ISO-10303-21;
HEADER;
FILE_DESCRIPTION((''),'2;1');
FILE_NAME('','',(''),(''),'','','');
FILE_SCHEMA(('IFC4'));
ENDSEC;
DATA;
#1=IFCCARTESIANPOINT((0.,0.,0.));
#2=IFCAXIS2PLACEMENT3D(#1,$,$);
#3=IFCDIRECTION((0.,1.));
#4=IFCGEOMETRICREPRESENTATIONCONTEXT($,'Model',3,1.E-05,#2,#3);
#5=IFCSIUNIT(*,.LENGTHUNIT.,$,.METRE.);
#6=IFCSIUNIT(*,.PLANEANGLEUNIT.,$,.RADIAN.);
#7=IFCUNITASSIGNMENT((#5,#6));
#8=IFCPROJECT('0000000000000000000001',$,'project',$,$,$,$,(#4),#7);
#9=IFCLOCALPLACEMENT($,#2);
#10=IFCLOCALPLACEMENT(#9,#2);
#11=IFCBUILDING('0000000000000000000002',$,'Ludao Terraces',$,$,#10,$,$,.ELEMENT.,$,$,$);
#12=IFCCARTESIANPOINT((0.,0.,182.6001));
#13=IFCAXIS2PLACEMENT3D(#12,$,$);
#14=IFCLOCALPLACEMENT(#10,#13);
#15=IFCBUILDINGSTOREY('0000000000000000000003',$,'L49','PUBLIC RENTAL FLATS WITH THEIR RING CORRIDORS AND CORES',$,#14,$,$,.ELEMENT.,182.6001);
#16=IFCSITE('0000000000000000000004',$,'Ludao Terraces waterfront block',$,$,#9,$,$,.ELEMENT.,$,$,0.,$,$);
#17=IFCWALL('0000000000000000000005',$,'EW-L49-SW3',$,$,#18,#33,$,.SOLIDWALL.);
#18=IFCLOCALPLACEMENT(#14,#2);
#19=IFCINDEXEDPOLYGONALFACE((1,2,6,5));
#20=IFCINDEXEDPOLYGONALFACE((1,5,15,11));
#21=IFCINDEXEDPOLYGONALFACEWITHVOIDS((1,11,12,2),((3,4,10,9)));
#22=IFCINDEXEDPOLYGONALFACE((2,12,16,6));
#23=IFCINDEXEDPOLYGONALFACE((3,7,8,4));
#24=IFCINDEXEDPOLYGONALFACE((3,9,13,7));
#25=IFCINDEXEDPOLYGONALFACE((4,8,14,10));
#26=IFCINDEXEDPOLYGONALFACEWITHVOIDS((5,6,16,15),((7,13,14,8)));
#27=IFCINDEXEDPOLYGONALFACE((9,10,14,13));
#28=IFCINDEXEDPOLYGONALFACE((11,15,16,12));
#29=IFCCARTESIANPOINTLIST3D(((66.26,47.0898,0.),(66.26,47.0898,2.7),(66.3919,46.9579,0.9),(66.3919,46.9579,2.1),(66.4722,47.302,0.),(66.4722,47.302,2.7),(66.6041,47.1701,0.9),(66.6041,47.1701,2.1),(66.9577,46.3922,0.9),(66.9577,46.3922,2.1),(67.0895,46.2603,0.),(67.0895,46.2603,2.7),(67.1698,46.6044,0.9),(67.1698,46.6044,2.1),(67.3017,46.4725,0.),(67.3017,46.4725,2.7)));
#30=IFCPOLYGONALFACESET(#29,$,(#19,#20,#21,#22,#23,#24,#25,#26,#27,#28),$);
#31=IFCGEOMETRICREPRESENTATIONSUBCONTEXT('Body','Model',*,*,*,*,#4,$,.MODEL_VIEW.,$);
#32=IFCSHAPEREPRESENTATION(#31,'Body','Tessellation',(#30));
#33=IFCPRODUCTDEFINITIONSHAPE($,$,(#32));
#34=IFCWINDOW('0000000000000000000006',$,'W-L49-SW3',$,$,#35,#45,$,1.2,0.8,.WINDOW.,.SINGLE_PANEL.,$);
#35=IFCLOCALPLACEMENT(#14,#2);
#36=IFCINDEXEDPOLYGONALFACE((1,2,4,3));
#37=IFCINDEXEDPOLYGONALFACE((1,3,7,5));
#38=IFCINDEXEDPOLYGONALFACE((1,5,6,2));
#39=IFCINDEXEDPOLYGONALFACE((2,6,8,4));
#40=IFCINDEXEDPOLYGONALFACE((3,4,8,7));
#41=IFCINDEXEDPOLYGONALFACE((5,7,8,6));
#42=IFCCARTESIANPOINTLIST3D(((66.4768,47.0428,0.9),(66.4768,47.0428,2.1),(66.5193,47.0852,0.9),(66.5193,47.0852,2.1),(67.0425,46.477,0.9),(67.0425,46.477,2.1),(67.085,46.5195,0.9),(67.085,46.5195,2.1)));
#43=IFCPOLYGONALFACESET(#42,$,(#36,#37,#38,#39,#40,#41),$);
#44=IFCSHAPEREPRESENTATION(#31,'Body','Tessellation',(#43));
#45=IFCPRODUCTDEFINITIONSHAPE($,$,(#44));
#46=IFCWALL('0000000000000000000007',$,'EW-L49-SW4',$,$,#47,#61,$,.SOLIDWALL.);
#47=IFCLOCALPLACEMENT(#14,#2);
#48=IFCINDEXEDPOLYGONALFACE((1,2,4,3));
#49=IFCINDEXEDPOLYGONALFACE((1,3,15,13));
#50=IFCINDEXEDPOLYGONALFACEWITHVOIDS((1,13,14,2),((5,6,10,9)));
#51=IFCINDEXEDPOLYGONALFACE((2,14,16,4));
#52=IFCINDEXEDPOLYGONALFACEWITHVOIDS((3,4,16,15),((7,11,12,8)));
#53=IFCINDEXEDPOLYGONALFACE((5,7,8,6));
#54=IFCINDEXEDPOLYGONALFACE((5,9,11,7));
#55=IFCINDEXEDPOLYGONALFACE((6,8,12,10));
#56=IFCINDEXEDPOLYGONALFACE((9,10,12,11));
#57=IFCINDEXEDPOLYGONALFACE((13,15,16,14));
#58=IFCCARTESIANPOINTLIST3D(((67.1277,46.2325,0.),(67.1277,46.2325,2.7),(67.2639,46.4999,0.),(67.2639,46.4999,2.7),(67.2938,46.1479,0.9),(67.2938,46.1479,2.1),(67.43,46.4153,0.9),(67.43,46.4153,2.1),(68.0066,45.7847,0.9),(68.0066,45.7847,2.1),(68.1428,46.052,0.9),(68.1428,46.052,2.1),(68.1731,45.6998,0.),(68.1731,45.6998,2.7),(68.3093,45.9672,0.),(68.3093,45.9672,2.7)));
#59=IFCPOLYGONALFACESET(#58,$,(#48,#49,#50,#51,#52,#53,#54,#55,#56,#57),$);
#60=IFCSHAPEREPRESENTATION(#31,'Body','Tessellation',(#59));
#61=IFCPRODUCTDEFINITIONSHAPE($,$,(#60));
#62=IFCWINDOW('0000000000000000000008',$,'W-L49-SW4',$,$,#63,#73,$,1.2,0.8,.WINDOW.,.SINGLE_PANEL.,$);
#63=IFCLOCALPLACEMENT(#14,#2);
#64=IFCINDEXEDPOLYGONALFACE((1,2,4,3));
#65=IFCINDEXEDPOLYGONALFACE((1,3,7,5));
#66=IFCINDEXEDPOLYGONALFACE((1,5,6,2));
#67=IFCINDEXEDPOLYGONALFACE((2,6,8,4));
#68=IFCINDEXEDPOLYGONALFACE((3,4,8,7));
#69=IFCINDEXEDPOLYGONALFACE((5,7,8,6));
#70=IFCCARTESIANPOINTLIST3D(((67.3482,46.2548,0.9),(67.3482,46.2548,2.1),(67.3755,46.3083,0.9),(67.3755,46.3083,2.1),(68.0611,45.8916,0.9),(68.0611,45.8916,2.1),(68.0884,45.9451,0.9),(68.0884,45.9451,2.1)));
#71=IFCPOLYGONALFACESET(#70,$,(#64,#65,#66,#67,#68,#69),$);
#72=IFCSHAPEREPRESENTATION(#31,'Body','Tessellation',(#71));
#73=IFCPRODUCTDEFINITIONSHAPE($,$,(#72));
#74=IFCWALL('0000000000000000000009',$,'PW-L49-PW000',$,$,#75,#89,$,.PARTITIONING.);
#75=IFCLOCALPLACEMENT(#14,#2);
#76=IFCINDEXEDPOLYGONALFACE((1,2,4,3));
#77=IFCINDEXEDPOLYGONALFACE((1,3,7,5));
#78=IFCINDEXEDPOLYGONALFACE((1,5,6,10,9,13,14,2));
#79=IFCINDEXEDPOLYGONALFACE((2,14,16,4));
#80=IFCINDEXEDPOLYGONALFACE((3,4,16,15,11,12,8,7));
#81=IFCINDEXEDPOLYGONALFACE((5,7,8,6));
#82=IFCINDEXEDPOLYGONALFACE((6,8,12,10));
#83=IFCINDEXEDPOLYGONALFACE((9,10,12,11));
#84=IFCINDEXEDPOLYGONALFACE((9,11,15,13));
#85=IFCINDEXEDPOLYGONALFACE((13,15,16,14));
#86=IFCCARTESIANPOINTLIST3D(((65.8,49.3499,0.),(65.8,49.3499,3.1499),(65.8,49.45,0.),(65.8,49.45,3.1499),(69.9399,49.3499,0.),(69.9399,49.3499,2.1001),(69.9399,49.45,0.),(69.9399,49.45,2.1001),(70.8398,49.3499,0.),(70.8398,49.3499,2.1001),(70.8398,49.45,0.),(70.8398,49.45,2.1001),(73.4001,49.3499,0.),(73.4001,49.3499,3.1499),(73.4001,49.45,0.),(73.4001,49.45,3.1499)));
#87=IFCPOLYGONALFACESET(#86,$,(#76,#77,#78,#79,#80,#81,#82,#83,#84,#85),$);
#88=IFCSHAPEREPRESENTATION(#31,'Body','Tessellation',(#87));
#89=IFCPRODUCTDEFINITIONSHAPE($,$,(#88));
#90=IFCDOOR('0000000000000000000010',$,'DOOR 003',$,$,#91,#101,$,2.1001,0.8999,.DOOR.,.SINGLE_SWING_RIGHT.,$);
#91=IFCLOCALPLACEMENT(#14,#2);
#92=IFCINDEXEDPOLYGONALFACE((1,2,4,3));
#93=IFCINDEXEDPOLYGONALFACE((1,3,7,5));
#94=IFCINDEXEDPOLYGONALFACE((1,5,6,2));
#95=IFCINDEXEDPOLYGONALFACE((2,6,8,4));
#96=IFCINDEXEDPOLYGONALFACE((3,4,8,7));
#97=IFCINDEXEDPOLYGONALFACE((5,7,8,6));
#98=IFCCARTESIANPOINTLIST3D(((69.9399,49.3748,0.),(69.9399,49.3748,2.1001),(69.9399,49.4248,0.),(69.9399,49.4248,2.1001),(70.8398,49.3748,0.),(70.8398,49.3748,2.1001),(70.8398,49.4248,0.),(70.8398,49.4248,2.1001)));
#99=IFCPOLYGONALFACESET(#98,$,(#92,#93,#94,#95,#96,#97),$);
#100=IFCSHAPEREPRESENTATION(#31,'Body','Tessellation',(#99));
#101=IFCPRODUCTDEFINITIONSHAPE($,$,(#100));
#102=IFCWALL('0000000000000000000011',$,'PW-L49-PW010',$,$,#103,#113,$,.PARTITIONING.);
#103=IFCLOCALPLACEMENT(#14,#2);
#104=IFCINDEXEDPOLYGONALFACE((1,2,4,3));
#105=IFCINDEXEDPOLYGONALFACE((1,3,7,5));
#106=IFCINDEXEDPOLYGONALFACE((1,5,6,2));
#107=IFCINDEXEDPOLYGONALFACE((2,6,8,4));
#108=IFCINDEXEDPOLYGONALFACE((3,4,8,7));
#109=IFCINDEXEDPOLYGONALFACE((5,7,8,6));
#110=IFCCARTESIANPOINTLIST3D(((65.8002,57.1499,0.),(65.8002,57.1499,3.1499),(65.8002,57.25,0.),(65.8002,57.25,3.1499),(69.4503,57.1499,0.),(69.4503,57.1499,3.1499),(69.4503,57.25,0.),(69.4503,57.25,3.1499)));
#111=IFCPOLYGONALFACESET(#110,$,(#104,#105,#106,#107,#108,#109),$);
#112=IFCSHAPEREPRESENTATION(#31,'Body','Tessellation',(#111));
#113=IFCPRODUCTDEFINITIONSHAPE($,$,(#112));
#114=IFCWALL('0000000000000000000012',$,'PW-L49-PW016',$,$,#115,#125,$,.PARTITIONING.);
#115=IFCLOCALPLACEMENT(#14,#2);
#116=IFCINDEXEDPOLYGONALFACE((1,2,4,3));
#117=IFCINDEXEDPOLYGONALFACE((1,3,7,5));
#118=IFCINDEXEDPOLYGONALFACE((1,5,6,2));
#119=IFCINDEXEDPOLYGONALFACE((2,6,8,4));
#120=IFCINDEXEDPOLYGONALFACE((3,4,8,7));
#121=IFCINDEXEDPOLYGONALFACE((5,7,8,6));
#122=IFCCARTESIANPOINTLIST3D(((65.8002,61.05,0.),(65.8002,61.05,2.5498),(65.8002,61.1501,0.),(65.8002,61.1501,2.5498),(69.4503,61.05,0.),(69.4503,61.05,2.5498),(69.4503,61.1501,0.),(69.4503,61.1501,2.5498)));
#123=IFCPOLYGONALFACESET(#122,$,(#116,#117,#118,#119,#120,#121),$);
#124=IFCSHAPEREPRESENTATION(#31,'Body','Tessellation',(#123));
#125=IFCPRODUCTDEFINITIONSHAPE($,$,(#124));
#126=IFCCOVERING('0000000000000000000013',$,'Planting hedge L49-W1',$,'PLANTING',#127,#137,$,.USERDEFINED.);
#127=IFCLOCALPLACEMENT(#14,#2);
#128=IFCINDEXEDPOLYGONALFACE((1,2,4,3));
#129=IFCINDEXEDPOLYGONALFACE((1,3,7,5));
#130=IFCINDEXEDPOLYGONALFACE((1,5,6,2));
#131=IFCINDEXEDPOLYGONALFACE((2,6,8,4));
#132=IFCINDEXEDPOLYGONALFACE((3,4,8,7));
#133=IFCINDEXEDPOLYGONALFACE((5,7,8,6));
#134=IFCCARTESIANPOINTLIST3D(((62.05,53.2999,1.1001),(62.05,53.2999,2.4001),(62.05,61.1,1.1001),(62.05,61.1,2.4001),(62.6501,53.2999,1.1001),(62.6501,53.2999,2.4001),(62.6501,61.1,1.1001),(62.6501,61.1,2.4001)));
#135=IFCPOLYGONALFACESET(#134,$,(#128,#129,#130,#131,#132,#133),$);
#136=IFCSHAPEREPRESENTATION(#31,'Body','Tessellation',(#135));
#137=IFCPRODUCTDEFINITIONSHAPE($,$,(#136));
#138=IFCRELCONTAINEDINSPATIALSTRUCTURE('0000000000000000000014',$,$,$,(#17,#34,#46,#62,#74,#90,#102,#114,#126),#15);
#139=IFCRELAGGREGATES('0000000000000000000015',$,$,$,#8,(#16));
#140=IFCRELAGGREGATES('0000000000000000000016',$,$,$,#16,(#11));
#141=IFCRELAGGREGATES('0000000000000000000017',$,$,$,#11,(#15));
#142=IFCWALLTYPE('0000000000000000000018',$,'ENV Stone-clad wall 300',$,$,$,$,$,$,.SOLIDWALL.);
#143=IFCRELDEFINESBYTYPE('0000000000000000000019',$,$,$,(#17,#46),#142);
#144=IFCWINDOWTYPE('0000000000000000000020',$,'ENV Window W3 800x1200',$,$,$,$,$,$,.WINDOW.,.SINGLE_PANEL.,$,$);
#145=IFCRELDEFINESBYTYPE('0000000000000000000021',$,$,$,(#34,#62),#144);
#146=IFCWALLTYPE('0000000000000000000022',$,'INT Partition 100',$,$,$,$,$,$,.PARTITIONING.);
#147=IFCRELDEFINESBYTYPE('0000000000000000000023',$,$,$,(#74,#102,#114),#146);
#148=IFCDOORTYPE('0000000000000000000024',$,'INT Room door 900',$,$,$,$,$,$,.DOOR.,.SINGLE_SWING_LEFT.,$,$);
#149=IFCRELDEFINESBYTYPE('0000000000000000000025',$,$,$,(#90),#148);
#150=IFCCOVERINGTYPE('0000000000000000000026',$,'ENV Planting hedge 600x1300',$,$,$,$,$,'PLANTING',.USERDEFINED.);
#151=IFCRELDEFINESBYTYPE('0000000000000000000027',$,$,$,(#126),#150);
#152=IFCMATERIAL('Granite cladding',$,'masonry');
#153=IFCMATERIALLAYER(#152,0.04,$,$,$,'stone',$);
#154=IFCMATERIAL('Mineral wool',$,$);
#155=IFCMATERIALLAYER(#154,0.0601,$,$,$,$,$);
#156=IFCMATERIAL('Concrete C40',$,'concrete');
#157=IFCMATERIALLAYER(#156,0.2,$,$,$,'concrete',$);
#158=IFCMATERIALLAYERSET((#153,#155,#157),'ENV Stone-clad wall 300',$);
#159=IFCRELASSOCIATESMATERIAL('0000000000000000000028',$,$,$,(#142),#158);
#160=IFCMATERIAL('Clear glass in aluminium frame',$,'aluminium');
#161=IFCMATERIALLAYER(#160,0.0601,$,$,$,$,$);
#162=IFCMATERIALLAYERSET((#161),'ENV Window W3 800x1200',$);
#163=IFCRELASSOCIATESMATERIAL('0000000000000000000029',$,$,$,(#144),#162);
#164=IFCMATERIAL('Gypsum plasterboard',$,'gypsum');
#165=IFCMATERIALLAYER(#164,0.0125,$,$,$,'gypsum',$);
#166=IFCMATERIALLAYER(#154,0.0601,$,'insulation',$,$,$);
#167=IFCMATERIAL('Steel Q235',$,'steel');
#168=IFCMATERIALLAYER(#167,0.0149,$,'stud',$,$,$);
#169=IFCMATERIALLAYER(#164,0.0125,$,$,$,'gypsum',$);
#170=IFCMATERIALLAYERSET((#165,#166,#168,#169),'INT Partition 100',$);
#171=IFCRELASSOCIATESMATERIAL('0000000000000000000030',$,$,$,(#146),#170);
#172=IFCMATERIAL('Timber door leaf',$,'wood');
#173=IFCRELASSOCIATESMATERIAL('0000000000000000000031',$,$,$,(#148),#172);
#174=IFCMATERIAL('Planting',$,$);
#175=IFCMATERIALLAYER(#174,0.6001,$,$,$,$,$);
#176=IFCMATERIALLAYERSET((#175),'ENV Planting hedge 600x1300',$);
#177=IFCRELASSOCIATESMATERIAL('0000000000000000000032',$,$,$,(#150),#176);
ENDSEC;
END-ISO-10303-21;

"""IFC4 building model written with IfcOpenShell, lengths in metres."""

from ifc_helpers import new_model, si_unit, direction, frame, frame_2d, origin, origin_2d, place, context, subcontext, project, spatial, rectangle, extrude, material, layer, layer_set, type_object, element, fill, save


model = new_model("IFC4")

# Units and contexts
model_context = context("Model", 3, precision=1e-05, world=origin(), true_north=direction((0.0, 1.0)))
body_context = subcontext(model_context, "Body", "Model", "MODEL_VIEW")
ifc_project = project(units=[si_unit("LENGTHUNIT", "METRE"), si_unit("PLANEANGLEUNIT", "RADIAN")], contexts=[model_context])

# Site, building, storey
site_placement = place(None, origin())
site = spatial("IfcSite", under=ifc_project, at=site_placement, Name="Ludao Terraces waterfront block", CompositionType="ELEMENT", RefElevation=0.0)
building_placement = place(site_placement, origin())
building = spatial("IfcBuilding", under=site, at=building_placement, Name="Ludao Terraces", CompositionType="ELEMENT")
storey_placement = place(building_placement, frame((0.0, 0.0, 182.6001)))
storey = spatial("IfcBuildingStorey", under=building, at=storey_placement, Name="L49", Description="PUBLIC RENTAL FLATS WITH THEIR RING CORRIDORS AND CORES", CompositionType="ELEMENT", Elevation=182.6001)

# Shared definitions
ifc_material_1 = material(Name="Concrete C40", Category="concrete")

# Shared definitions
ifc_material_2 = material(Name="Granite cladding", Category="masonry")
ifc_layer_1 = layer(ifc_material_2, 0.04, Category="stone")
ifc_material_3 = material(Name="Mineral wool")
ifc_layer_2 = layer(ifc_material_3, 0.0601)
ifc_layer_3 = layer(ifc_material_1, 0.2, Category="concrete")
ifc_layer_set_1 = layer_set([ifc_layer_1, ifc_layer_2, ifc_layer_3], Name="ENV Stone-clad wall 300")
wall_type_1 = type_object("IfcWallType", Name="ENV Stone-clad wall 300", PredefinedType="SOLIDWALL", material=ifc_layer_set_1)
ifc_material_4 = material(Name="Clear glass in aluminium frame", Category="aluminium")

# Walls, openings, windows
ifc_layer_4 = layer(ifc_material_4, 0.0601)
ifc_layer_set_2 = layer_set([ifc_layer_4], Name="ENV Window W3 800x1200")
window_type_1 = type_object("IfcWindowType", Name="ENV Window W3 800x1200", PartitioningType="SINGLE_PANEL", PredefinedType="WINDOW", material=ifc_layer_set_2)
wall_1_placement = place(storey_placement, frame((66.3662, 47.1958, 0.0), z_axis=(0.0, 0.0, 1.0), x_axis=(0.707107, -0.707107, 0.0)))
wall_1 = element("IfcWall", 1, at=wall_1_placement, inside=storey, type_object=wall_type_1, Name="EW-L49-SW3", PredefinedType="SOLIDWALL", context=body_context, shape_type="SweptSolid", body=[
    extrude(rectangle(XDim=1.1731, YDim=0.3, at=frame_2d((0.5864, 0.0))), origin(), (0.0, 0.0, 1.0), 2.7),
])
opening_1_placement = place(wall_1_placement, frame((0.1865, 0.0, 0.8999)))
opening_1 = element("IfcOpeningElement", 2, at=opening_1_placement, cuts=wall_1, PredefinedType="OPENING", context=body_context, shape_type="SweptSolid", body=[
    extrude(rectangle(XDim=0.8, YDim=1.2, at=frame_2d((0.3999, 0.6001))), frame((0.0, 0.1602, 0.0), z_axis=(0.0, -1.0, 0.0), x_axis=(1.0, 0.0, 0.0)), (0.0, 0.0, 1.0), 0.3201),
])
window_1_placement = place(opening_1_placement, origin())
window_1 = element("IfcWindow", 3, at=window_1_placement, inside=storey, type_object=window_type_1, Name="W-L49-SW3", OverallHeight=1.2, OverallWidth=0.8, PartitioningType="SINGLE_PANEL", PredefinedType="WINDOW", context=body_context, shape_type="SweptSolid", body=[
    extrude(rectangle(XDim=0.8, YDim=1.2, at=frame_2d((0.3999, 0.6001))), frame((0.0, 0.03, 0.0), z_axis=(0.0, -1.0, 0.0), x_axis=(1.0, 0.0, 0.0)), (0.0, 0.0, 1.0), 0.0601),
])
fill(opening_1, window_1)
wall_2_placement = place(storey_placement, frame((67.1958, 46.3662, 0.0), z_axis=(0.0, 0.0, 1.0), x_axis=(0.890989, -0.454026, 0.0)))
wall_2 = element("IfcWall", 4, at=wall_2_placement, inside=storey, type_object=wall_type_1, Name="EW-L49-SW4", PredefinedType="SOLIDWALL", context=body_context, shape_type="SweptSolid", body=[
    extrude(rectangle(XDim=1.1733, YDim=0.3, at=frame_2d((0.5867, 0.0))), origin(), (0.0, 0.0, 1.0), 2.7),
])
opening_2_placement = place(wall_2_placement, frame((0.1865, 0.0, 0.8999)))
opening_2 = element("IfcOpeningElement", 5, at=opening_2_placement, cuts=wall_2, PredefinedType="OPENING", context=body_context, shape_type="SweptSolid", body=[
    extrude(rectangle(XDim=0.8, YDim=1.2, at=frame_2d((0.3999, 0.6001))), frame((0.0, 0.1602, 0.0), z_axis=(0.0, -1.0, 0.0), x_axis=(1.0, 0.0, 0.0)), (0.0, 0.0, 1.0), 0.3201),
])
window_2_placement = place(opening_2_placement, origin())
window_2 = element("IfcWindow", 6, at=window_2_placement, inside=storey, type_object=window_type_1, Name="W-L49-SW4", OverallHeight=1.2, OverallWidth=0.8, PartitioningType="SINGLE_PANEL", PredefinedType="WINDOW", context=body_context, shape_type="SweptSolid", body=[
    extrude(rectangle(XDim=0.8, YDim=1.2, at=frame_2d((0.3999, 0.6001))), frame((0.0, 0.03, 0.0), z_axis=(0.0, -1.0, 0.0), x_axis=(1.0, 0.0, 0.0)), (0.0, 0.0, 1.0), 0.0601),
])
fill(opening_2, window_2)

# Wall, opening, door
ifc_material_5 = material(Name="Gypsum plasterboard", Category="gypsum")
ifc_layer_5 = layer(ifc_material_5, 0.0125, Category="gypsum")
ifc_layer_6 = layer(ifc_material_3, 0.0601, Name="insulation")
ifc_material_6 = material(Name="Steel Q235", Category="steel")
ifc_layer_7 = layer(ifc_material_6, 0.0149, Name="stud")
ifc_layer_8 = layer(ifc_material_5, 0.0125, Category="gypsum")
ifc_layer_set_3 = layer_set([ifc_layer_5, ifc_layer_6, ifc_layer_7, ifc_layer_8], Name="INT Partition 100")
wall_type_2 = type_object("IfcWallType", Name="INT Partition 100", PredefinedType="PARTITIONING", material=ifc_layer_set_3)
wall_3_placement = place(storey_placement, frame((65.8, 49.3999, 0.0), z_axis=(0.0, 0.0, 1.0), x_axis=(1.0, 0.0, 0.0)))
wall_3 = element("IfcWall", 7, at=wall_3_placement, inside=storey, type_object=wall_type_2, Name="PW-L49-PW000", PredefinedType="PARTITIONING", context=body_context, shape_type="SweptSolid", body=[
    extrude(rectangle(XDim=7.6001, YDim=0.1001, at=frame_2d((3.8, 0.0))), origin(), (0.0, 0.0, 1.0), 3.1499),
])
opening_3_placement = place(wall_3_placement, frame((4.1399, 0.0, 0.0)))
opening_3 = element("IfcOpeningElement", 8, at=opening_3_placement, cuts=wall_3, PredefinedType="OPENING", context=body_context, shape_type="SweptSolid", body=[
    extrude(rectangle(XDim=0.8999, YDim=2.1001, at=frame_2d((0.45, 1.05))), frame((0.0, 0.0601, 0.0), z_axis=(0.0, -1.0, 0.0), x_axis=(1.0, 0.0, 0.0)), (0.0, 0.0, 1.0), 0.1201),
])
ifc_material_7 = material(Name="Timber door leaf", Category="wood")
door_type_1 = type_object("IfcDoorType", Name="INT Room door 900", OperationType="SINGLE_SWING_LEFT", PredefinedType="DOOR", material=ifc_material_7)
door_1_placement = place(opening_3_placement, origin())
door_1 = element("IfcDoor", 9, at=door_1_placement, inside=storey, type_object=door_type_1, Name="DOOR 003", OperationType="SINGLE_SWING_RIGHT", OverallHeight=2.1001, OverallWidth=0.8999, PredefinedType="DOOR", context=body_context, shape_type="SweptSolid", body=[
    extrude(rectangle(XDim=0.8999, YDim=2.1001, at=frame_2d((0.45, 1.05))), frame((0.0, 0.0249, 0.0), z_axis=(0.0, -1.0, 0.0), x_axis=(1.0, 0.0, 0.0)), (0.0, 0.0, 1.0), 0.05),
])
fill(opening_3, door_1)

# Walls
wall_4_placement = place(storey_placement, frame((65.8, 57.2, 0.0), z_axis=(0.0, 0.0, 1.0), x_axis=(1.0, 0.0, 0.0)))
element("IfcWall", 10, at=wall_4_placement, inside=storey, type_object=wall_type_2, Name="PW-L49-PW010", PredefinedType="PARTITIONING", context=body_context, shape_type="SweptSolid", body=[
    extrude(rectangle(XDim=3.6501, YDim=0.1001, at=frame_2d((1.8252, 0.0))), origin(), (0.0, 0.0, 1.0), 3.1499),
])
wall_5_placement = place(storey_placement, frame((65.8, 61.1001, 0.0), z_axis=(0.0, 0.0, 1.0), x_axis=(1.0, 0.0, 0.0)))
element("IfcWall", 11, at=wall_5_placement, inside=storey, type_object=wall_type_2, Name="PW-L49-PW016", PredefinedType="PARTITIONING", context=body_context, shape_type="SweptSolid", body=[
    extrude(rectangle(XDim=3.6501, YDim=0.1001, at=frame_2d((1.8252, 0.0))), origin(), (0.0, 0.0, 1.0), 2.5498),
])

# Covering
ifc_material_8 = material(Name="Planting")
ifc_layer_9 = layer(ifc_material_8, 0.6001)
ifc_layer_set_4 = layer_set([ifc_layer_9], Name="ENV Planting hedge 600x1300")
covering_type = type_object("IfcCoveringType", Name="ENV Planting hedge 600x1300", ElementType="PLANTING", PredefinedType="USERDEFINED", material=ifc_layer_set_4)
covering_placement = place(storey_placement, frame((62.3501, 57.2, 1.1001), z_axis=(0.0, 0.0, 1.0), x_axis=(1.0, 0.0, 0.0)))
element("IfcCovering", 12, at=covering_placement, inside=storey, type_object=covering_type, Name="Planting hedge L49-W1", ObjectType="PLANTING", PredefinedType="USERDEFINED", context=body_context, shape_type="SweptSolid", body=[
    extrude(rectangle(XDim=0.6001, YDim=7.8, at=origin_2d()), origin(), (0.0, 0.0, 1.0), 1.3),
])

save(model, "model.ifc")
